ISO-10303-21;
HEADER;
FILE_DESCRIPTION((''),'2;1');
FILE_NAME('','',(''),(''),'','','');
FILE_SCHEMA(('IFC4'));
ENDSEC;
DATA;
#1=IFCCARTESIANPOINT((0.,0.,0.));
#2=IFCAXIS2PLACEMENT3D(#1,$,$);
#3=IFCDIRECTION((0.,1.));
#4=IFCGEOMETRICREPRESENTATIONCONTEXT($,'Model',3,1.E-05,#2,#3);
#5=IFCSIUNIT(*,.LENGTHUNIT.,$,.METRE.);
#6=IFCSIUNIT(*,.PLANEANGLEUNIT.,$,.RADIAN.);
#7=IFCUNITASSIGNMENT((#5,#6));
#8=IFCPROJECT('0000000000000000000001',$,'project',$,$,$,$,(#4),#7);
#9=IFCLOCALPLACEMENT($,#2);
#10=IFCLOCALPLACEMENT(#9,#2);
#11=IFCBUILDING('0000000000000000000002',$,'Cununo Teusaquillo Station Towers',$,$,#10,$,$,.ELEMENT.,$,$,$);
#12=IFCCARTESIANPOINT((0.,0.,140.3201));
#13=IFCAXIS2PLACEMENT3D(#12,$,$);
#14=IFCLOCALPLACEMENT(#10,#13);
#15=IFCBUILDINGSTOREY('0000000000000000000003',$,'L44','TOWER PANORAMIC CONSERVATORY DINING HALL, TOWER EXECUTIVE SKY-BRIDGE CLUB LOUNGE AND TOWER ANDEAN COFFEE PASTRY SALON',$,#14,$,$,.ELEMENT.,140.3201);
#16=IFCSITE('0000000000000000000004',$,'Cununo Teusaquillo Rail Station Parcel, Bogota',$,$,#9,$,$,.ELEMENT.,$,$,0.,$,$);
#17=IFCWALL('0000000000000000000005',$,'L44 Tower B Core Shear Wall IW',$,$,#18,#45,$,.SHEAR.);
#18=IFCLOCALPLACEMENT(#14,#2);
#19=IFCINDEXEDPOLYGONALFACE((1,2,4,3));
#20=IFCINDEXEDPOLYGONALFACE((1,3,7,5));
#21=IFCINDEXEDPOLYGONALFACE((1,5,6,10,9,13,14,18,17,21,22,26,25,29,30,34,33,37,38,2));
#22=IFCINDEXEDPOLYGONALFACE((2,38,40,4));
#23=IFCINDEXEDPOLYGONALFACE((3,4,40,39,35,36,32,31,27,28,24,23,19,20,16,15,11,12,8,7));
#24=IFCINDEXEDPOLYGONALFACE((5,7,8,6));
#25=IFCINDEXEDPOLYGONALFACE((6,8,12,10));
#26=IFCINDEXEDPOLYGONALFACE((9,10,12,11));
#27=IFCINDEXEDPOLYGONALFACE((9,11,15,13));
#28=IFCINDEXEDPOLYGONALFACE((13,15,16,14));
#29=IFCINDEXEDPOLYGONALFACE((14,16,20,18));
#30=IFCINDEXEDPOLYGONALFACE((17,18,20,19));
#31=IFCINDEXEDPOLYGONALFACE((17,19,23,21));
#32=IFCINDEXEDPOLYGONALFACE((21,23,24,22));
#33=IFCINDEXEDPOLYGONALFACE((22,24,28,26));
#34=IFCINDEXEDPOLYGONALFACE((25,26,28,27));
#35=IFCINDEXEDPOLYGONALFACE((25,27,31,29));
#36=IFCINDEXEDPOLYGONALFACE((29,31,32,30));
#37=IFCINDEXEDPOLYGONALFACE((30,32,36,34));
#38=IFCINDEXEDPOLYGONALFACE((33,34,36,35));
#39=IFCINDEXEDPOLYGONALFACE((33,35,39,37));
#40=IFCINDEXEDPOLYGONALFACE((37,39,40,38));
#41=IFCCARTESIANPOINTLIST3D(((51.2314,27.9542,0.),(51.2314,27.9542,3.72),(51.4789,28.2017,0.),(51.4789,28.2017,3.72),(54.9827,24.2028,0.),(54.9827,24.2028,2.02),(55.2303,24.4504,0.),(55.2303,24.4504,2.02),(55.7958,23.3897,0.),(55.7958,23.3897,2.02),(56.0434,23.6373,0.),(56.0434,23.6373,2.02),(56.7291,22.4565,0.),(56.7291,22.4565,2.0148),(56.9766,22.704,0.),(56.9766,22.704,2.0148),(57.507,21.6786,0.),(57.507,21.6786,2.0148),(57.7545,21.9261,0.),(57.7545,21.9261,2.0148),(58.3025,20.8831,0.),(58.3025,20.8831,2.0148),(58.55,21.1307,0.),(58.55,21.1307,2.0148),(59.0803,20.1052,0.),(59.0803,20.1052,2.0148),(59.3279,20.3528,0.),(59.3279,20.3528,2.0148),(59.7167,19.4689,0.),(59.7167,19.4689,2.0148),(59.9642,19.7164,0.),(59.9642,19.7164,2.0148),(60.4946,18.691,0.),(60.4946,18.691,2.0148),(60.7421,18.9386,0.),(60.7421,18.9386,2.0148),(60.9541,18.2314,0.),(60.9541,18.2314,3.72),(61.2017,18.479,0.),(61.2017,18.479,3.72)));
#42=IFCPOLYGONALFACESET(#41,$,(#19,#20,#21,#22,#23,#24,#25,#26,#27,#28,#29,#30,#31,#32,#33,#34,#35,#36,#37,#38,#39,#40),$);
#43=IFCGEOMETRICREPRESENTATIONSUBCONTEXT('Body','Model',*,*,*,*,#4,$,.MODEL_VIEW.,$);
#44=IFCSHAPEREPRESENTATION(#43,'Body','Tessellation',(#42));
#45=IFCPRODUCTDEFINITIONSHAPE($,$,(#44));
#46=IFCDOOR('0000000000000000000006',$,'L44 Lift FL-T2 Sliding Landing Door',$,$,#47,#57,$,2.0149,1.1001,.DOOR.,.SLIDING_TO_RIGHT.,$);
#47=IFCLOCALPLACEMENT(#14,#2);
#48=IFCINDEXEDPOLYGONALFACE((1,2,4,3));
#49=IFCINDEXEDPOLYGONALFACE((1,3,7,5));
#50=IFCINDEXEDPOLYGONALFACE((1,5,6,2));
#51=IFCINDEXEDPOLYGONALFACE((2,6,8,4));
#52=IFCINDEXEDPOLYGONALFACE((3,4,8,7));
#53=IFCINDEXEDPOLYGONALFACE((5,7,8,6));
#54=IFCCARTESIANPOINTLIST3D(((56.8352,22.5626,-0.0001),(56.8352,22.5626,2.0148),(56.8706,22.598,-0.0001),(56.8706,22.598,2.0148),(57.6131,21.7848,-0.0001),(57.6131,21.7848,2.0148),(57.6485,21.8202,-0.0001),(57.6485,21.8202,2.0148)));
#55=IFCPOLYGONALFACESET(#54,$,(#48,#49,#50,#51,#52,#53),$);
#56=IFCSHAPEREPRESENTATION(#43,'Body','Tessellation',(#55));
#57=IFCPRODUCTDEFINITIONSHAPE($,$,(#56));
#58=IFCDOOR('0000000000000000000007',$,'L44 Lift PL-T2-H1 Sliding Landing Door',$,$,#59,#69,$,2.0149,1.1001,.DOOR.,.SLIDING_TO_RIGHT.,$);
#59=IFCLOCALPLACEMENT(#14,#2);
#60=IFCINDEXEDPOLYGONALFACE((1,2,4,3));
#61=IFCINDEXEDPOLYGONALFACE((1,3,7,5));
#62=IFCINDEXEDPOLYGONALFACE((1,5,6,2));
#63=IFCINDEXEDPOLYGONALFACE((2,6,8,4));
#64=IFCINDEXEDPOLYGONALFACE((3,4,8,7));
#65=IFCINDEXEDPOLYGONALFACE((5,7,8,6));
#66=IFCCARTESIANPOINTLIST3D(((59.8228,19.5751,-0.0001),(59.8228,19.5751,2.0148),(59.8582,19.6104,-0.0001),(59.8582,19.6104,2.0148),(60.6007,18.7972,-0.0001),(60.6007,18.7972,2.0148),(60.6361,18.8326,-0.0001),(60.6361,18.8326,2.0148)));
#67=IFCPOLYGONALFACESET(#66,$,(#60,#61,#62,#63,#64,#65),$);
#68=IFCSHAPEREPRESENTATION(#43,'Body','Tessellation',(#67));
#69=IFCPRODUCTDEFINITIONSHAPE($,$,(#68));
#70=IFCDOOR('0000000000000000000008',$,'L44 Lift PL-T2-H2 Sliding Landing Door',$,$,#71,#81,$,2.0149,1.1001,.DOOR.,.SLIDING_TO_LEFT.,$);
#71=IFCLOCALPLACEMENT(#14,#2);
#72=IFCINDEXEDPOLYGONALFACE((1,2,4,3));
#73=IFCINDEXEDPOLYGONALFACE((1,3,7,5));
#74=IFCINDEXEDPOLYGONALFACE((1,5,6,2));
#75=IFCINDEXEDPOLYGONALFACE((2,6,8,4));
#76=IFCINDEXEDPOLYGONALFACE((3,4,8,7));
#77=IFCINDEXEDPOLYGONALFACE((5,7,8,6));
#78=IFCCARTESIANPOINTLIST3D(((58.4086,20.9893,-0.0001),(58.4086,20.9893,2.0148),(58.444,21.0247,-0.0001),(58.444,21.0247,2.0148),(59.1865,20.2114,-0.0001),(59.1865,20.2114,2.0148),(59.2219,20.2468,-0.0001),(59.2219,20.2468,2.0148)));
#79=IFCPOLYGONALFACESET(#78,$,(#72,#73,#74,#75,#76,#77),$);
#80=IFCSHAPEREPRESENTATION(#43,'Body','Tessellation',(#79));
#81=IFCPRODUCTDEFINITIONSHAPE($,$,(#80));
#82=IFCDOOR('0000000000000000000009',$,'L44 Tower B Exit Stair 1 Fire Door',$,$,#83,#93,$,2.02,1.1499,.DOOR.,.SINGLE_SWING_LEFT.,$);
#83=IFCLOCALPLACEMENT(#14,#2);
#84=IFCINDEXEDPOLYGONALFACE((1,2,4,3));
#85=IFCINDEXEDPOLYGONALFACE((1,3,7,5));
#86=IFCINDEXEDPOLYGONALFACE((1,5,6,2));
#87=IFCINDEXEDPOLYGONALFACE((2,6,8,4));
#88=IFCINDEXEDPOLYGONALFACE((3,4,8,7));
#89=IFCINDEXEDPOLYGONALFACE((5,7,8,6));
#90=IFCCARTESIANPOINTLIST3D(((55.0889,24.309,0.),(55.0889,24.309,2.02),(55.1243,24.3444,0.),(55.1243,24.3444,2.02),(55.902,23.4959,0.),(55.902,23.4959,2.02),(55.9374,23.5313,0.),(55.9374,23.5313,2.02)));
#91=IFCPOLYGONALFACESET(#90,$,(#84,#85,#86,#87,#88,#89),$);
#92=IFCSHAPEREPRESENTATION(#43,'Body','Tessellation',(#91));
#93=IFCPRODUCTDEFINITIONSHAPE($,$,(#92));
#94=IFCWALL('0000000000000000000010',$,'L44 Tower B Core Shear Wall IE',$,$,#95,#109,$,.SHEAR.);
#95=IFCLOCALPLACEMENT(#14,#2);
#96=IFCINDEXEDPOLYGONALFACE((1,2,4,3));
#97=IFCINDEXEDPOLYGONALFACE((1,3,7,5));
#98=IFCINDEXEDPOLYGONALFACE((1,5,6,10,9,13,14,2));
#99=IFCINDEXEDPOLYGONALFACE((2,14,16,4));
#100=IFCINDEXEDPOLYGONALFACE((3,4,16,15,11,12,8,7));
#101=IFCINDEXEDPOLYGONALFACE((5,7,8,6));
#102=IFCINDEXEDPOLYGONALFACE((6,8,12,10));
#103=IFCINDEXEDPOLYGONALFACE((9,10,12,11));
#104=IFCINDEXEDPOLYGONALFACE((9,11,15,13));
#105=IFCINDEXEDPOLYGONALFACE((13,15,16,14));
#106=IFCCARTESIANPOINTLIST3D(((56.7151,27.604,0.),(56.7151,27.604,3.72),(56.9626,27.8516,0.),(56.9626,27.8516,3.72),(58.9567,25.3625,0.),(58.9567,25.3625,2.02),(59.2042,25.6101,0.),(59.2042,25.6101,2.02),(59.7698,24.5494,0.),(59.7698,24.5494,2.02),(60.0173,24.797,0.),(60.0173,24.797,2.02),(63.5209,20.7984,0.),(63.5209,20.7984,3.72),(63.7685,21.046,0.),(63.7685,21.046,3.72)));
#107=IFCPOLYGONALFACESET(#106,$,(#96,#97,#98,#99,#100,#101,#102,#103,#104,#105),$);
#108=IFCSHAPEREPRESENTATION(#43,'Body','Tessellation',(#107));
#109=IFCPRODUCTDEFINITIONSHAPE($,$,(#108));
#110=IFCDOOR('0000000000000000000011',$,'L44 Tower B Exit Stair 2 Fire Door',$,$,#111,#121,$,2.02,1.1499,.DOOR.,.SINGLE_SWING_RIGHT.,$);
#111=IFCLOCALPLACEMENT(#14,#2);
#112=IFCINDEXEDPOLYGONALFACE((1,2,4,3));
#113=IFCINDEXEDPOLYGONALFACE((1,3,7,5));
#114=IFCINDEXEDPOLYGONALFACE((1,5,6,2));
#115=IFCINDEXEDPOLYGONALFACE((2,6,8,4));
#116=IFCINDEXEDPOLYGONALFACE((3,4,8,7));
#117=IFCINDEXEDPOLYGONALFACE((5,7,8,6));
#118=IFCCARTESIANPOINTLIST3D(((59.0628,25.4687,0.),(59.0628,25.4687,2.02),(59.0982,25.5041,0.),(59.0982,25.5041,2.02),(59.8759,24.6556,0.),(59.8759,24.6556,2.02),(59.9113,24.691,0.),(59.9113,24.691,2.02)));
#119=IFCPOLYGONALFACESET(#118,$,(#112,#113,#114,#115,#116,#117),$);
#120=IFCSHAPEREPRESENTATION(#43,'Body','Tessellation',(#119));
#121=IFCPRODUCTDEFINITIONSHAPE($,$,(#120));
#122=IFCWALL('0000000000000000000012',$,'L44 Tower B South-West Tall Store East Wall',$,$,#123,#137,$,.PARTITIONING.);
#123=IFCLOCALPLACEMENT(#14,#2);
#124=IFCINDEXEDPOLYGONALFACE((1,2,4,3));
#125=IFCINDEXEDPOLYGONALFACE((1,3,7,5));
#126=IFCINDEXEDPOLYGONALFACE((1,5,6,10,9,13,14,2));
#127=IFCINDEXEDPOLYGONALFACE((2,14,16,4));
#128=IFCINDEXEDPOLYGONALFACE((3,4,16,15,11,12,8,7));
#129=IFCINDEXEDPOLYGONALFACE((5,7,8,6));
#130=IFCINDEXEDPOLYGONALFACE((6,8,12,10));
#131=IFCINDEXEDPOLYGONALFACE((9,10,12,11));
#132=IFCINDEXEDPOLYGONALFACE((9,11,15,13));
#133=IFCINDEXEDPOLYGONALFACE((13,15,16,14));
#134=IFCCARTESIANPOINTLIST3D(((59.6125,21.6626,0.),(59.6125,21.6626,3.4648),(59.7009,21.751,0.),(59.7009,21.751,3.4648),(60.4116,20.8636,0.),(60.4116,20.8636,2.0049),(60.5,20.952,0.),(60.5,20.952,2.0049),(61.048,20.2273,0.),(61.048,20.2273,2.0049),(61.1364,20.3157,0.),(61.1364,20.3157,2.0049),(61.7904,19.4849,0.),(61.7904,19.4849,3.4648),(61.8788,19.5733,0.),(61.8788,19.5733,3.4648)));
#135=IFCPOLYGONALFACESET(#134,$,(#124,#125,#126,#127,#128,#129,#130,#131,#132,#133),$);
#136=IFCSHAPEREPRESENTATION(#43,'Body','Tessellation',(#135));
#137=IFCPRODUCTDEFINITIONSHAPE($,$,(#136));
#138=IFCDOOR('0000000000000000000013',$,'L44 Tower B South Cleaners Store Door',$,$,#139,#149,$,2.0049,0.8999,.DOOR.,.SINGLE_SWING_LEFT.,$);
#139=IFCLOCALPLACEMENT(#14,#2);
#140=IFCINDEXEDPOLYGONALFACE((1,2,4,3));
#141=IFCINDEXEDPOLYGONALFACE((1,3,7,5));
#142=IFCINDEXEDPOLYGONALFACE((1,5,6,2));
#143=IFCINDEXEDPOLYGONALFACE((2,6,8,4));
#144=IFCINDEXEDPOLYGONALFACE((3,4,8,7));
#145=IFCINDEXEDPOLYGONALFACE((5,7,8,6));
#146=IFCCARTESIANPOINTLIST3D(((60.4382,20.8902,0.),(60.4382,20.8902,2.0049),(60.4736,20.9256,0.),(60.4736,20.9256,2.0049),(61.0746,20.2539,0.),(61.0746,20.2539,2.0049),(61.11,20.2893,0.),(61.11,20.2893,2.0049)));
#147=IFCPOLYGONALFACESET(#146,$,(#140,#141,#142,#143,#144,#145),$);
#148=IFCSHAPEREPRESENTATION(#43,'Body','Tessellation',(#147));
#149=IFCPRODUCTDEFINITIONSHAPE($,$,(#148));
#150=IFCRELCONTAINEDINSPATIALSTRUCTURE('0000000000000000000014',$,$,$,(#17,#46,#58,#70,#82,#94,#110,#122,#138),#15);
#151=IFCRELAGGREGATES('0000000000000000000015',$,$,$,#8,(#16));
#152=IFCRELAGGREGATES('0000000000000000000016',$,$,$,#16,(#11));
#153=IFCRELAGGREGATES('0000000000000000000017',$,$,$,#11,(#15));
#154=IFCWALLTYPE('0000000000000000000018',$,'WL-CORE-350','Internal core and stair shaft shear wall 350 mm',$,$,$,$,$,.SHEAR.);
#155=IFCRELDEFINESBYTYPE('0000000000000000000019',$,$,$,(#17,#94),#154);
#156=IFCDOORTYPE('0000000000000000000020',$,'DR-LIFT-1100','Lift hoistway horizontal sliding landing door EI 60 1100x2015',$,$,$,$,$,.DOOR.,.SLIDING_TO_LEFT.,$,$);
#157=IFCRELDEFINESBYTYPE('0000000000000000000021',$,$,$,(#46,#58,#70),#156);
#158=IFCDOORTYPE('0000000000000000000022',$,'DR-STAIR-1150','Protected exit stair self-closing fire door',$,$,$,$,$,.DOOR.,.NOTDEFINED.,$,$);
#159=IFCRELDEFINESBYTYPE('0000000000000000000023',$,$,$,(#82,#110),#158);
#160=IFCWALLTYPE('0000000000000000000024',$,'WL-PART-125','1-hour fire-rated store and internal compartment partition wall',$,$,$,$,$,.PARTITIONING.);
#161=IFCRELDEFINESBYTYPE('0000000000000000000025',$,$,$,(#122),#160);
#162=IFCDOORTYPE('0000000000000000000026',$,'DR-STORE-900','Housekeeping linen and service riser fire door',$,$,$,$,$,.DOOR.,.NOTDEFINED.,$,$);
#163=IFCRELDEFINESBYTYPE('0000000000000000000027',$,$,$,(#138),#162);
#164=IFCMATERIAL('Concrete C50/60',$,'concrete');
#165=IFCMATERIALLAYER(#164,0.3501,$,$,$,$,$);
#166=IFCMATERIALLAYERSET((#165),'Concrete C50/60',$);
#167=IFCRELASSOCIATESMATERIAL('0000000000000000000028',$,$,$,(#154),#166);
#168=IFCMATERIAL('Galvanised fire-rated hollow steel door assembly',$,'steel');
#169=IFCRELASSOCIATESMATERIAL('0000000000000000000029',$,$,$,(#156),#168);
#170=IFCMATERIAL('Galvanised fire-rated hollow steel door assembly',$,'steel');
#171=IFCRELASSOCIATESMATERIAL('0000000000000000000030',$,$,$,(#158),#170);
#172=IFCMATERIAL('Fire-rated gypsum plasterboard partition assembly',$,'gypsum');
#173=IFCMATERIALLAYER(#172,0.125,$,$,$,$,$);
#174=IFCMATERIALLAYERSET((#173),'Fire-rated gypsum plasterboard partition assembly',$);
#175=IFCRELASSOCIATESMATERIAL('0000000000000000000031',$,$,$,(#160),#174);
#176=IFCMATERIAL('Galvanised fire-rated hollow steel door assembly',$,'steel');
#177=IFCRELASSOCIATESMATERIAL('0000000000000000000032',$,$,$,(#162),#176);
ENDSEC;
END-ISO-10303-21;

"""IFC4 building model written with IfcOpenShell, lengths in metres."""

from ifc_helpers import new_model, si_unit, direction, frame, frame_2d, origin, place, context, subcontext, project, spatial, rectangle, extrude, source, transform, mapped, material, layer, layer_set, type_object, element, fill, save


model = new_model("IFC4")

# Units and contexts
model_context = context("Model", 3, precision=1e-05, world=origin(), true_north=direction((0.0, 1.0)))
body_context = subcontext(model_context, "Body", "Model", "MODEL_VIEW")
ifc_project = project(units=[si_unit("LENGTHUNIT", "METRE"), si_unit("PLANEANGLEUNIT", "RADIAN")], contexts=[model_context])

# Site, building, storey
site_placement = place(None, origin())
site = spatial("IfcSite", under=ifc_project, at=site_placement, Name="Cununo Teusaquillo Rail Station Parcel, Bogota", CompositionType="ELEMENT", RefElevation=0.0)
building_placement = place(site_placement, origin())
building = spatial("IfcBuilding", under=site, at=building_placement, Name="Cununo Teusaquillo Station Towers", CompositionType="ELEMENT")
storey_placement = place(building_placement, frame((0.0, 0.0, 140.3201)))
storey = spatial("IfcBuildingStorey", under=building, at=storey_placement, Name="L44", Description="TOWER PANORAMIC CONSERVATORY DINING HALL, TOWER EXECUTIVE SKY-BRIDGE CLUB LOUNGE AND TOWER ANDEAN COFFEE PASTRY SALON", CompositionType="ELEMENT", Elevation=140.3201)

# Wall, openings, doors
ifc_material_1 = material(Name="Concrete C50/60", Category="concrete")
ifc_layer_1 = layer(ifc_material_1, 0.3501)
ifc_layer_set_1 = layer_set([ifc_layer_1], Name="Concrete C50/60")
wall_type_1 = type_object("IfcWallType", Name="WL-CORE-350", Description="Internal core and stair shaft shear wall 350 mm", PredefinedType="SHEAR", material=ifc_layer_set_1)
wall_1_placement = place(storey_placement, frame((61.0779, 18.3552, 0.0), z_axis=(0.0, 0.0, 1.0), x_axis=(-0.707107, 0.707107, 0.0)))
wall_1 = element("IfcWall", 1, at=wall_1_placement, inside=storey, type_object=wall_type_1, Name="L44 Tower B Core Shear Wall IW", PredefinedType="SHEAR", context=body_context, shape_type="SweptSolid", body=[
    extrude(rectangle(XDim=13.75, YDim=0.3501, at=frame_2d((6.875, 0.0))), origin(), (0.0, 0.0, 1.0), 3.72),
])
shared_shape_1 = source(origin(), body_context, "Body", "SweptSolid", [
    extrude(rectangle(XDim=1.1001, YDim=2.0149, at=frame_2d((0.55, 1.0073))), frame((0.0, 0.1851, 0.0), z_axis=(0.0, -1.0, 0.0), x_axis=(1.0, 0.0, 0.0)), (0.0, 0.0, 1.0), 0.3701),
])
opening_1_placement = place(wall_1_placement, frame((4.875, 0.0, 0.0)))
opening_1 = element("IfcOpeningElement", 2, at=opening_1_placement, cuts=wall_1, PredefinedType="OPENING", context=body_context, shape_type="MappedRepresentation", body=[
    mapped(shared_shape_1, transform((0.0, 0.0, 0.0), x_axis=(1.0, 0.0, 0.0), y_axis=(0.0, 1.0, 0.0), z_axis=(0.0, 0.0, 1.0), scale=1.0)),
])
opening_2_placement = place(wall_1_placement, frame((0.6499, 0.0, 0.0)))
opening_2 = element("IfcOpeningElement", 3, at=opening_2_placement, cuts=wall_1, PredefinedType="OPENING", context=body_context, shape_type="MappedRepresentation", body=[
    mapped(shared_shape_1, transform((0.0, 0.0, 0.0), x_axis=(1.0, 0.0, 0.0), y_axis=(0.0, 1.0, 0.0), z_axis=(0.0, 0.0, 1.0), scale=1.0)),
])
opening_3_placement = place(wall_1_placement, frame((2.6499, 0.0, 0.0)))
opening_3 = element("IfcOpeningElement", 4, at=opening_3_placement, cuts=wall_1, PredefinedType="OPENING", context=body_context, shape_type="MappedRepresentation", body=[
    mapped(shared_shape_1, transform((0.0, 0.0, 0.0), x_axis=(1.0, 0.0, 0.0), y_axis=(0.0, 1.0, 0.0), z_axis=(0.0, 0.0, 1.0), scale=1.0)),
])
shared_shape_2 = source(origin(), body_context, "Body", "SweptSolid", [
    extrude(rectangle(XDim=1.1499, YDim=2.02, at=frame_2d((0.575, 1.01))), frame((0.0, 0.1851, 0.0), z_axis=(0.0, -1.0, 0.0), x_axis=(1.0, 0.0, 0.0)), (0.0, 0.0, 1.0), 0.3701),
])
opening_4_placement = place(wall_1_placement, frame((7.2949, 0.0, 0.0)))
opening_4 = element("IfcOpeningElement", 5, at=opening_4_placement, cuts=wall_1, PredefinedType="OPENING", context=body_context, shape_type="MappedRepresentation", body=[
    mapped(shared_shape_2, transform((0.0, 0.0, 0.0), x_axis=(1.0, 0.0, 0.0), y_axis=(0.0, 1.0, 0.0), z_axis=(0.0, 0.0, 1.0), scale=1.0)),
])
ifc_material_2 = material(Name="Galvanised fire-rated hollow steel door assembly", Category="steel")
door_type_1 = type_object("IfcDoorType", Name="DR-LIFT-1100", Description="Lift hoistway horizontal sliding landing door EI 60 1100x2015", OperationType="SLIDING_TO_LEFT", PredefinedType="DOOR", material=ifc_material_2)
shared_shape_3 = source(origin(), body_context, "Body", "SweptSolid", [
    extrude(rectangle(XDim=1.1001, YDim=2.0149, at=frame_2d((0.55, 1.0073))), frame((0.0, 0.0249, 0.0), z_axis=(0.0, -1.0, 0.0), x_axis=(1.0, 0.0, 0.0)), (0.0, 0.0, 1.0), 0.05),
])
door_1_placement = place(opening_1_placement, origin())
door_1 = element("IfcDoor", 6, at=door_1_placement, inside=storey, type_object=door_type_1, Name="L44 Lift FL-T2 Sliding Landing Door", OperationType="SLIDING_TO_RIGHT", OverallHeight=2.0149, OverallWidth=1.1001, PredefinedType="DOOR", context=body_context, shape_type="MappedRepresentation", body=[
    mapped(shared_shape_3, transform((0.0, 0.0, 0.0), x_axis=(1.0, 0.0, 0.0), y_axis=(0.0, 1.0, 0.0), z_axis=(0.0, 0.0, 1.0), scale=1.0)),
])
fill(opening_1, door_1)
door_2_placement = place(opening_2_placement, origin())
door_2 = element("IfcDoor", 7, at=door_2_placement, inside=storey, type_object=door_type_1, Name="L44 Lift PL-T2-H1 Sliding Landing Door", OperationType="SLIDING_TO_RIGHT", OverallHeight=2.0149, OverallWidth=1.1001, PredefinedType="DOOR", context=body_context, shape_type="MappedRepresentation", body=[
    mapped(shared_shape_3, transform((0.0, 0.0, 0.0), x_axis=(1.0, 0.0, 0.0), y_axis=(0.0, 1.0, 0.0), z_axis=(0.0, 0.0, 1.0), scale=1.0)),
])
fill(opening_2, door_2)
door_3_placement = place(opening_3_placement, origin())
door_3 = element("IfcDoor", 8, at=door_3_placement, inside=storey, type_object=door_type_1, Name="L44 Lift PL-T2-H2 Sliding Landing Door", OperationType="SLIDING_TO_LEFT", OverallHeight=2.0149, OverallWidth=1.1001, PredefinedType="DOOR", context=body_context, shape_type="MappedRepresentation", body=[
    mapped(shared_shape_3, transform((0.0, 0.0, 0.0), x_axis=(1.0, 0.0, 0.0), y_axis=(0.0, 1.0, 0.0), z_axis=(0.0, 0.0, 1.0), scale=1.0)),
])
fill(opening_3, door_3)
ifc_material_3 = material(Name="Galvanised fire-rated hollow steel door assembly", Category="steel")
door_type_2 = type_object("IfcDoorType", Name="DR-STAIR-1150", Description="Protected exit stair self-closing fire door", OperationType="NOTDEFINED", PredefinedType="DOOR", material=ifc_material_3)
shared_shape_4 = source(origin(), body_context, "Body", "SweptSolid", [
    extrude(rectangle(XDim=1.1499, YDim=2.02, at=frame_2d((0.575, 1.01))), frame((0.0, 0.0249, 0.0), z_axis=(0.0, -1.0, 0.0), x_axis=(1.0, 0.0, 0.0)), (0.0, 0.0, 1.0), 0.05),
])
door_4_placement = place(opening_4_placement, origin())
door_4 = element("IfcDoor", 9, at=door_4_placement, inside=storey, type_object=door_type_2, Name="L44 Tower B Exit Stair 1 Fire Door", OperationType="SINGLE_SWING_LEFT", OverallHeight=2.02, OverallWidth=1.1499, PredefinedType="DOOR", context=body_context, shape_type="MappedRepresentation", body=[
    mapped(shared_shape_4, transform((0.0, 0.0, 0.0), x_axis=(1.0, 0.0, 0.0), y_axis=(0.0, 1.0, 0.0), z_axis=(0.0, 0.0, 1.0), scale=1.0)),
])
fill(opening_4, door_4)

# Walls, openings, doors
wall_2_placement = place(storey_placement, frame((63.6448, 20.9221, 0.0), z_axis=(0.0, 0.0, 1.0), x_axis=(-0.707119, 0.707094, 0.0)))
wall_2 = element("IfcWall", 10, at=wall_2_placement, inside=storey, type_object=wall_type_1, Name="L44 Tower B Core Shear Wall IE", PredefinedType="SHEAR", context=body_context, shape_type="SweptSolid", body=[
    extrude(rectangle(XDim=9.6248, YDim=0.3501, at=frame_2d((4.8125, 0.0))), origin(), (0.0, 0.0, 1.0), 3.72),
])
opening_5_placement = place(wall_2_placement, frame((5.3049, 0.0, 0.0)))
opening_5 = element("IfcOpeningElement", 11, at=opening_5_placement, cuts=wall_2, PredefinedType="OPENING", context=body_context, shape_type="MappedRepresentation", body=[
    mapped(shared_shape_2, transform((0.0, 0.0, 0.0), x_axis=(1.0, 0.0, 0.0), y_axis=(0.0, 1.0, 0.0), z_axis=(0.0, 0.0, 1.0), scale=1.0)),
])
door_5_placement = place(opening_5_placement, origin())
door_5 = element("IfcDoor", 12, at=door_5_placement, inside=storey, type_object=door_type_2, Name="L44 Tower B Exit Stair 2 Fire Door", OperationType="SINGLE_SWING_RIGHT", OverallHeight=2.02, OverallWidth=1.1499, PredefinedType="DOOR", context=body_context, shape_type="MappedRepresentation", body=[
    mapped(shared_shape_4, transform((0.0, 0.0, 0.0), x_axis=(1.0, 0.0, 0.0), y_axis=(0.0, 1.0, 0.0), z_axis=(0.0, 0.0, 1.0), scale=1.0)),
])
fill(opening_5, door_5)
ifc_material_4 = material(Name="Fire-rated gypsum plasterboard partition assembly", Category="gypsum")
ifc_layer_2 = layer(ifc_material_4, 0.125)
ifc_layer_set_2 = layer_set([ifc_layer_2], Name="Fire-rated gypsum plasterboard partition assembly")
wall_type_2 = type_object("IfcWallType", Name="WL-PART-125", Description="1-hour fire-rated store and internal compartment partition wall", PredefinedType="PARTITIONING", material=ifc_layer_set_2)
wall_3_placement = place(storey_placement, frame((61.8347, 19.5291, 0.0), z_axis=(0.0, 0.0, 1.0), x_axis=(-0.707146, 0.707067, 0.0)))
wall_3 = element("IfcWall", 13, at=wall_3_placement, inside=storey, type_object=wall_type_2, Name="L44 Tower B South-West Tall Store East Wall", PredefinedType="PARTITIONING", context=body_context, shape_type="SweptSolid", body=[
    extrude(rectangle(XDim=3.0798, YDim=0.125, at=frame_2d((1.54, 0.0))), origin(), (0.0, 0.0, 1.0), 3.4648),
])
shared_shape_5 = source(origin(), body_context, "Body", "SweptSolid", [
    extrude(rectangle(XDim=0.8999, YDim=2.0049, at=frame_2d((0.45, 1.0024))), frame((0.0, 0.0725, 0.0), z_axis=(0.0, -1.0, 0.0), x_axis=(1.0, 0.0, 0.0)), (0.0, 0.0, 1.0), 0.145),
])
opening_6_placement = place(wall_3_placement, frame((1.05, 0.0, 0.0)))
opening_6 = element("IfcOpeningElement", 14, at=opening_6_placement, cuts=wall_3, PredefinedType="OPENING", context=body_context, shape_type="MappedRepresentation", body=[
    mapped(shared_shape_5, transform((0.0, 0.0, 0.0), x_axis=(1.0, 0.0, 0.0), y_axis=(0.0, 1.0, 0.0), z_axis=(0.0, 0.0, 1.0), scale=1.0)),
])
ifc_material_5 = material(Name="Galvanised fire-rated hollow steel door assembly", Category="steel")
door_type_3 = type_object("IfcDoorType", Name="DR-STORE-900", Description="Housekeeping linen and service riser fire door", OperationType="NOTDEFINED", PredefinedType="DOOR", material=ifc_material_5)
shared_shape_6 = source(origin(), body_context, "Body", "SweptSolid", [
    extrude(rectangle(XDim=0.8999, YDim=2.0049, at=frame_2d((0.45, 1.0024))), frame((0.0, 0.0249, 0.0), z_axis=(0.0, -1.0, 0.0), x_axis=(1.0, 0.0, 0.0)), (0.0, 0.0, 1.0), 0.05),
])
door_6_placement = place(opening_6_placement, origin())
door_6 = element("IfcDoor", 15, at=door_6_placement, inside=storey, type_object=door_type_3, Name="L44 Tower B South Cleaners Store Door", OperationType="SINGLE_SWING_LEFT", OverallHeight=2.0049, OverallWidth=0.8999, PredefinedType="DOOR", context=body_context, shape_type="MappedRepresentation", body=[
    mapped(shared_shape_6, transform((0.0, 0.0, 0.0), x_axis=(1.0, 0.0, 0.0), y_axis=(0.0, 1.0, 0.0), z_axis=(0.0, 0.0, 1.0), scale=1.0)),
])
fill(opening_6, door_6)

save(model, "model.ifc")
